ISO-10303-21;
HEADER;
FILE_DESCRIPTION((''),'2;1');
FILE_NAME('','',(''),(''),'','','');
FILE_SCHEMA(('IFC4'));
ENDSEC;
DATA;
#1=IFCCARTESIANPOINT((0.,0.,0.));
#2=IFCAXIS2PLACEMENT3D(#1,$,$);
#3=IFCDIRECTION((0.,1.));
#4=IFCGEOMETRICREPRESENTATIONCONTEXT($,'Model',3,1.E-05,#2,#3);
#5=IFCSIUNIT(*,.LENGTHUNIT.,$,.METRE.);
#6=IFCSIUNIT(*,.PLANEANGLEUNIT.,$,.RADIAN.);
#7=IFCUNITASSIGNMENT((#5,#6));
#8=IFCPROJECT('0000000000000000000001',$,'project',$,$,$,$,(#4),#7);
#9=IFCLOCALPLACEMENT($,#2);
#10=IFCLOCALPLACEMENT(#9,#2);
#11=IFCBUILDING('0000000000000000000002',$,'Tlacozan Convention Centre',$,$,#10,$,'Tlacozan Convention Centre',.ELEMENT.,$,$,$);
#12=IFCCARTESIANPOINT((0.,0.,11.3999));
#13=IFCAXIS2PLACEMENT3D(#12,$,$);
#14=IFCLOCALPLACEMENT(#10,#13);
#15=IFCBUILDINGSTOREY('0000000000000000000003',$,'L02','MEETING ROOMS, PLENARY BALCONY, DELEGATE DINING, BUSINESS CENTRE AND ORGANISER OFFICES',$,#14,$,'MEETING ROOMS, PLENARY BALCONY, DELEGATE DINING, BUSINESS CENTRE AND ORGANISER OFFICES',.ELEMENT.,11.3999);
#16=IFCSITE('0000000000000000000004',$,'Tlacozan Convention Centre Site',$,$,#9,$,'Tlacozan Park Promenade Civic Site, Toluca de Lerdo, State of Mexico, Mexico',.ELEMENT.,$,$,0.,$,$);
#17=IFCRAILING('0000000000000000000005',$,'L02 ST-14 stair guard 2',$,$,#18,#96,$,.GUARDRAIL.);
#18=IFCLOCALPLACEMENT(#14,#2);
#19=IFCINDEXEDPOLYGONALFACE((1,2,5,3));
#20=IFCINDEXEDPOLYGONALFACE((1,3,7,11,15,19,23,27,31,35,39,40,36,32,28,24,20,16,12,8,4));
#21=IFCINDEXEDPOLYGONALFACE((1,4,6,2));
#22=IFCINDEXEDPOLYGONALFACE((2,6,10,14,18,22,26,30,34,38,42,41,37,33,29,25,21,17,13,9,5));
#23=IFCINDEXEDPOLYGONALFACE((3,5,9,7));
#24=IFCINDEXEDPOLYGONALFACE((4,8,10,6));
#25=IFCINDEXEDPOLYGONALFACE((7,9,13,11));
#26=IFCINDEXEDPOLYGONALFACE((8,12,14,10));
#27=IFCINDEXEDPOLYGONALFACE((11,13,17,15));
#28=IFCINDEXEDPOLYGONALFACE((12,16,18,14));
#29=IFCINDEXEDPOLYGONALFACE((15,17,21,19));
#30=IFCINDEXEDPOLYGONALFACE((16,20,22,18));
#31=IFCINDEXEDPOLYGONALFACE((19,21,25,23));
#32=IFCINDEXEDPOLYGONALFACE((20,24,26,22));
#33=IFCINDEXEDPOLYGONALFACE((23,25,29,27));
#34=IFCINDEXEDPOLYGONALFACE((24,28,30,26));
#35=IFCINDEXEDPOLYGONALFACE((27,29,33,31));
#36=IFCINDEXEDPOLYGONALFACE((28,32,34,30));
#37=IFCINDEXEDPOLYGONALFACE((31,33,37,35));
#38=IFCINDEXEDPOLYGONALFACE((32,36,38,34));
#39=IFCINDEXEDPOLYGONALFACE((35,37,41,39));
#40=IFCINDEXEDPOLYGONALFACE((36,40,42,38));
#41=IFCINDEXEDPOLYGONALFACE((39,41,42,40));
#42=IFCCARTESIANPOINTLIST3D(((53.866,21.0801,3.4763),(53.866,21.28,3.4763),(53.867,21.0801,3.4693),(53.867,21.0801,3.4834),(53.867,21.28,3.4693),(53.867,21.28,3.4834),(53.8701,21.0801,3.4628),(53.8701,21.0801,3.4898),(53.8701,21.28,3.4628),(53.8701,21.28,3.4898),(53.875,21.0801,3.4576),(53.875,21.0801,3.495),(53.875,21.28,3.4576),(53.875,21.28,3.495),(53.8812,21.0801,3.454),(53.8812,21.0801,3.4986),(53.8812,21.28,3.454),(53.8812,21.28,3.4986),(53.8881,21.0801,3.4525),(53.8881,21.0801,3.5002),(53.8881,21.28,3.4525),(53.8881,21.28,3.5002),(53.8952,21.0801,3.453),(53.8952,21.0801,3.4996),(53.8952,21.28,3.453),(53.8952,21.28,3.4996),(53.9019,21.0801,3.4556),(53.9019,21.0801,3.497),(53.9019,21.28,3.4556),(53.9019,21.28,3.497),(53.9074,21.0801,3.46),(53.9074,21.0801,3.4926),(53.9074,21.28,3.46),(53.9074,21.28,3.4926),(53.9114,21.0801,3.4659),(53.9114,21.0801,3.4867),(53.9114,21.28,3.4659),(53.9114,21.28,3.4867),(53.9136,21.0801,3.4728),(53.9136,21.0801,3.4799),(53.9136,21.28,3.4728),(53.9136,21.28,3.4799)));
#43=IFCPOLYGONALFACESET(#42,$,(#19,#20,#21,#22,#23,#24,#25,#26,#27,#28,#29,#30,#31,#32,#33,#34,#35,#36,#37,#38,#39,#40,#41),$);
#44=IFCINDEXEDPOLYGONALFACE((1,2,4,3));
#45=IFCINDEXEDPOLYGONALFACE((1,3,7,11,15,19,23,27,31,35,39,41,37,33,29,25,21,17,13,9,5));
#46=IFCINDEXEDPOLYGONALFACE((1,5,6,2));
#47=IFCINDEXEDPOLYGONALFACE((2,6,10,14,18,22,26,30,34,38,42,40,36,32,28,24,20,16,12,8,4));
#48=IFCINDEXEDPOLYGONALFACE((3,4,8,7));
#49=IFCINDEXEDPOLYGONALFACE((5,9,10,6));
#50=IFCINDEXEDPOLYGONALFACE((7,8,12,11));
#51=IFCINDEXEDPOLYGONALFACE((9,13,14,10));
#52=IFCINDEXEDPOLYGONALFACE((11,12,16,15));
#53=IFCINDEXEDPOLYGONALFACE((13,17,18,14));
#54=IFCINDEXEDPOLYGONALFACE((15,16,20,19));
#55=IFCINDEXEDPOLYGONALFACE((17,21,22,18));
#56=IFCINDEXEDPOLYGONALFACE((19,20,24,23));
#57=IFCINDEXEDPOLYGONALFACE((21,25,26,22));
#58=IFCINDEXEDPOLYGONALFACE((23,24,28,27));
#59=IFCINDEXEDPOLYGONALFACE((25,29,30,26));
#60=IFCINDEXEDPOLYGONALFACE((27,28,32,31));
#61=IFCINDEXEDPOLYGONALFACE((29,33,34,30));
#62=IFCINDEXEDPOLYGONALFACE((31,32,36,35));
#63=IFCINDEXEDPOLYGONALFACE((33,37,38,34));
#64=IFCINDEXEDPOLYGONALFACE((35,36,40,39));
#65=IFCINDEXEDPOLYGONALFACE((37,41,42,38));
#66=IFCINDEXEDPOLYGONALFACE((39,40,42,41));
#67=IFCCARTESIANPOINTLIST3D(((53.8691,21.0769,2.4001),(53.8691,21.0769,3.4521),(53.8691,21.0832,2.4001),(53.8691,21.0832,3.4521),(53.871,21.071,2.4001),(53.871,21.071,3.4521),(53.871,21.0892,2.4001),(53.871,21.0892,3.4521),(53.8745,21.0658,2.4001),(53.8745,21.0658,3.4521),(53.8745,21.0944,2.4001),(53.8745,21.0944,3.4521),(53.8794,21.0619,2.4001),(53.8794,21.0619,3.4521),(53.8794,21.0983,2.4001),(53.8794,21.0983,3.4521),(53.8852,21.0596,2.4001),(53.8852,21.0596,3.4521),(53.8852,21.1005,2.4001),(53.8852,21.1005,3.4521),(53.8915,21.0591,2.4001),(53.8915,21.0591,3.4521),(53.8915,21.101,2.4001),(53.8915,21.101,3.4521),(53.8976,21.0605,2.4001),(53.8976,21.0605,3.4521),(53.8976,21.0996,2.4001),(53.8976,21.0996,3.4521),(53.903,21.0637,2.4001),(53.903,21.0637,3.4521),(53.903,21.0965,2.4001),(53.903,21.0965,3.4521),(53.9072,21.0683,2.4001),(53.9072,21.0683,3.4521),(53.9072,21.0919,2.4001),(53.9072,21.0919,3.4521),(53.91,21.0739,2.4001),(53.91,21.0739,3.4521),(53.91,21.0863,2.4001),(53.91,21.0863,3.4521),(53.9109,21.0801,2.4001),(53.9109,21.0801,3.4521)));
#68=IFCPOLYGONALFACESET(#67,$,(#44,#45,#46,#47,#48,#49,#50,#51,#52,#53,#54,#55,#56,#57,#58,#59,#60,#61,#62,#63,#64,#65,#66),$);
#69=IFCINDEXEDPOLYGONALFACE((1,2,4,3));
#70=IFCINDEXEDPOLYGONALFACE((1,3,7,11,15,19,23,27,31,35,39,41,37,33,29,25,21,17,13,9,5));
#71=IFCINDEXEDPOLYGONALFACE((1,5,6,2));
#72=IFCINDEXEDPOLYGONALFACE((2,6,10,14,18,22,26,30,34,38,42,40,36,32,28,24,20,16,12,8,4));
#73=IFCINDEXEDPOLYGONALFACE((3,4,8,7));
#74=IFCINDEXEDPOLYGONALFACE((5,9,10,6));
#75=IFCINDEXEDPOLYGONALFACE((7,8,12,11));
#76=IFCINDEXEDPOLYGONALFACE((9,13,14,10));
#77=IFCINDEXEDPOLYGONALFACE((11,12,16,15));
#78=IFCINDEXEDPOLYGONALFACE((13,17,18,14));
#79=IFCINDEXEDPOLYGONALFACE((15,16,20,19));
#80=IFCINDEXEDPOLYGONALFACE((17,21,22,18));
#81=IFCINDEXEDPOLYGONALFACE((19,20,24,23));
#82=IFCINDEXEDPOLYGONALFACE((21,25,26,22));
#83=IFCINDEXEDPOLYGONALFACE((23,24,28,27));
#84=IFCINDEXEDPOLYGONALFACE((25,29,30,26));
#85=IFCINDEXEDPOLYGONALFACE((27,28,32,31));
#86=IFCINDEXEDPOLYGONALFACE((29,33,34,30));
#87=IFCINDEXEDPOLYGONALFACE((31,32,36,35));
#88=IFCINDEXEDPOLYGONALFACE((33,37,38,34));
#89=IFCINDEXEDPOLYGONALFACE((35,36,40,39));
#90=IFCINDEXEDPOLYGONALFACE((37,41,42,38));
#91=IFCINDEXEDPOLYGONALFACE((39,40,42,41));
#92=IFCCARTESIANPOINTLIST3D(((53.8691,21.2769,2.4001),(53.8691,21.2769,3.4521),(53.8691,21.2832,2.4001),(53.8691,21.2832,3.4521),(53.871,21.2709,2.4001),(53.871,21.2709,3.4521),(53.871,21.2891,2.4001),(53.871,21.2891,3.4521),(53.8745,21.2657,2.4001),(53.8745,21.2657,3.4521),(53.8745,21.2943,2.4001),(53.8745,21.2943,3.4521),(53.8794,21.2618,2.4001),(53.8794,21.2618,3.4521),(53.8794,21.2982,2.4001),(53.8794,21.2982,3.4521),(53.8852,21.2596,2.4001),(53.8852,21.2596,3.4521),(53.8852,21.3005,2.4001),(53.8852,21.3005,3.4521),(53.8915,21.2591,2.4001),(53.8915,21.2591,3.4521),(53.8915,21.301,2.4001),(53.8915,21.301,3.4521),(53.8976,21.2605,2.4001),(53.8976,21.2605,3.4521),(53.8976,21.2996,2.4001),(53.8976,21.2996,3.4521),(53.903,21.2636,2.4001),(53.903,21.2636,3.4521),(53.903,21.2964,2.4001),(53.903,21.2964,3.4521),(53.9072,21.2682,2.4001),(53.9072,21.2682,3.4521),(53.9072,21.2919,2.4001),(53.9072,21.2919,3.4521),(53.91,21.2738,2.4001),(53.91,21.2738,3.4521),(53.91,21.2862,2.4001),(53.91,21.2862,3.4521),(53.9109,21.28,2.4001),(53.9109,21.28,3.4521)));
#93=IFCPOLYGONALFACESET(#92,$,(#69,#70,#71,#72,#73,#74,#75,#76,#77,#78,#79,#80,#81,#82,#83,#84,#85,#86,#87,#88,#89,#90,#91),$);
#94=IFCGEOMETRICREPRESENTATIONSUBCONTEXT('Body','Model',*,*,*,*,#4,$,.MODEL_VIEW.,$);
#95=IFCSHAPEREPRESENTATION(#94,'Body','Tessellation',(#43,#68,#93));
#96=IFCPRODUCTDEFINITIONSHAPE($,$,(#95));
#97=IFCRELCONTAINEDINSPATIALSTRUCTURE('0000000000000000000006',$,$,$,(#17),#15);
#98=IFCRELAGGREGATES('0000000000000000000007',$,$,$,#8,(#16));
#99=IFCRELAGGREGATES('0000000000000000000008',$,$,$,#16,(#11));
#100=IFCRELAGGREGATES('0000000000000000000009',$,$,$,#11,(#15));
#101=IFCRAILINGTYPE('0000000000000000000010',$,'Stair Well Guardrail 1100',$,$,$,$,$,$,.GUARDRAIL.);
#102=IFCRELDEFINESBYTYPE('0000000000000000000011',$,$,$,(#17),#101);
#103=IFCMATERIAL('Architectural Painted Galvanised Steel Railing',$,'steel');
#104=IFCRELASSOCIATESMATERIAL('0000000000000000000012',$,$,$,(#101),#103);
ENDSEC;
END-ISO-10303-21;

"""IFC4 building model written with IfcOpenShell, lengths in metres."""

from ifc_helpers import new_model, si_unit, direction, frame, origin, origin_2d, place, context, subcontext, project, spatial, circle, extrude, material, type_object, element, save


model = new_model("IFC4")

# Units and contexts
model_context = context("Model", 3, precision=1e-05, world=origin(), true_north=direction((0.0, 1.0)))
body_context = subcontext(model_context, "Body", "Model", "MODEL_VIEW")
ifc_project = project(units=[si_unit("LENGTHUNIT", "METRE"), si_unit("PLANEANGLEUNIT", "RADIAN")], contexts=[model_context])

# Site, building, storey
site_placement = place(None, origin())
site = spatial("IfcSite", under=ifc_project, at=site_placement, Name="Tlacozan Convention Centre Site", LongName="Tlacozan Park Promenade Civic Site, Toluca de Lerdo, State of Mexico, Mexico", CompositionType="ELEMENT", RefElevation=0.0)
building_placement = place(site_placement, origin())
building = spatial("IfcBuilding", under=site, at=building_placement, Name="Tlacozan Convention Centre", LongName="Tlacozan Convention Centre", CompositionType="ELEMENT")
storey_placement = place(building_placement, frame((0.0, 0.0, 11.3999)))
storey = spatial("IfcBuildingStorey", under=building, at=storey_placement, Name="L02", Description="MEETING ROOMS, PLENARY BALCONY, DELEGATE DINING, BUSINESS CENTRE AND ORGANISER OFFICES", LongName="MEETING ROOMS, PLENARY BALCONY, DELEGATE DINING, BUSINESS CENTRE AND ORGANISER OFFICES", CompositionType="ELEMENT", Elevation=11.3999)

# Railing
ifc_material_1 = material(Name="Architectural Painted Galvanised Steel Railing", Category="steel")
railing_type_1 = type_object("IfcRailingType", Name="Stair Well Guardrail 1100", PredefinedType="GUARDRAIL", material=ifc_material_1)
railing_1_placement = place(storey_placement, frame((53.8899, 21.0801, 2.4001)))
element("IfcRailing", 1, at=railing_1_placement, inside=storey, type_object=railing_type_1, Name="L02 ST-14 stair guard 2", PredefinedType="GUARDRAIL", context=body_context, shape_type="SweptSolid", body=[
    extrude(circle(Radius=0.0239, at=origin_2d()), frame((0.0, 0.0, 1.0762), z_axis=(0.0, 1.0, 0.0), x_axis=(-1.0, 0.0, 0.0)), (0.0, 0.0, 1.0), 0.2),
    extrude(circle(Radius=0.021, at=origin_2d()), origin(), (0.0, 0.0, 1.0), 1.052),
    extrude(circle(Radius=0.021, at=origin_2d()), frame((0.0, 0.2, 0.0)), (0.0, 0.0, 1.0), 1.052),
])

save(model, "model.ifc")
